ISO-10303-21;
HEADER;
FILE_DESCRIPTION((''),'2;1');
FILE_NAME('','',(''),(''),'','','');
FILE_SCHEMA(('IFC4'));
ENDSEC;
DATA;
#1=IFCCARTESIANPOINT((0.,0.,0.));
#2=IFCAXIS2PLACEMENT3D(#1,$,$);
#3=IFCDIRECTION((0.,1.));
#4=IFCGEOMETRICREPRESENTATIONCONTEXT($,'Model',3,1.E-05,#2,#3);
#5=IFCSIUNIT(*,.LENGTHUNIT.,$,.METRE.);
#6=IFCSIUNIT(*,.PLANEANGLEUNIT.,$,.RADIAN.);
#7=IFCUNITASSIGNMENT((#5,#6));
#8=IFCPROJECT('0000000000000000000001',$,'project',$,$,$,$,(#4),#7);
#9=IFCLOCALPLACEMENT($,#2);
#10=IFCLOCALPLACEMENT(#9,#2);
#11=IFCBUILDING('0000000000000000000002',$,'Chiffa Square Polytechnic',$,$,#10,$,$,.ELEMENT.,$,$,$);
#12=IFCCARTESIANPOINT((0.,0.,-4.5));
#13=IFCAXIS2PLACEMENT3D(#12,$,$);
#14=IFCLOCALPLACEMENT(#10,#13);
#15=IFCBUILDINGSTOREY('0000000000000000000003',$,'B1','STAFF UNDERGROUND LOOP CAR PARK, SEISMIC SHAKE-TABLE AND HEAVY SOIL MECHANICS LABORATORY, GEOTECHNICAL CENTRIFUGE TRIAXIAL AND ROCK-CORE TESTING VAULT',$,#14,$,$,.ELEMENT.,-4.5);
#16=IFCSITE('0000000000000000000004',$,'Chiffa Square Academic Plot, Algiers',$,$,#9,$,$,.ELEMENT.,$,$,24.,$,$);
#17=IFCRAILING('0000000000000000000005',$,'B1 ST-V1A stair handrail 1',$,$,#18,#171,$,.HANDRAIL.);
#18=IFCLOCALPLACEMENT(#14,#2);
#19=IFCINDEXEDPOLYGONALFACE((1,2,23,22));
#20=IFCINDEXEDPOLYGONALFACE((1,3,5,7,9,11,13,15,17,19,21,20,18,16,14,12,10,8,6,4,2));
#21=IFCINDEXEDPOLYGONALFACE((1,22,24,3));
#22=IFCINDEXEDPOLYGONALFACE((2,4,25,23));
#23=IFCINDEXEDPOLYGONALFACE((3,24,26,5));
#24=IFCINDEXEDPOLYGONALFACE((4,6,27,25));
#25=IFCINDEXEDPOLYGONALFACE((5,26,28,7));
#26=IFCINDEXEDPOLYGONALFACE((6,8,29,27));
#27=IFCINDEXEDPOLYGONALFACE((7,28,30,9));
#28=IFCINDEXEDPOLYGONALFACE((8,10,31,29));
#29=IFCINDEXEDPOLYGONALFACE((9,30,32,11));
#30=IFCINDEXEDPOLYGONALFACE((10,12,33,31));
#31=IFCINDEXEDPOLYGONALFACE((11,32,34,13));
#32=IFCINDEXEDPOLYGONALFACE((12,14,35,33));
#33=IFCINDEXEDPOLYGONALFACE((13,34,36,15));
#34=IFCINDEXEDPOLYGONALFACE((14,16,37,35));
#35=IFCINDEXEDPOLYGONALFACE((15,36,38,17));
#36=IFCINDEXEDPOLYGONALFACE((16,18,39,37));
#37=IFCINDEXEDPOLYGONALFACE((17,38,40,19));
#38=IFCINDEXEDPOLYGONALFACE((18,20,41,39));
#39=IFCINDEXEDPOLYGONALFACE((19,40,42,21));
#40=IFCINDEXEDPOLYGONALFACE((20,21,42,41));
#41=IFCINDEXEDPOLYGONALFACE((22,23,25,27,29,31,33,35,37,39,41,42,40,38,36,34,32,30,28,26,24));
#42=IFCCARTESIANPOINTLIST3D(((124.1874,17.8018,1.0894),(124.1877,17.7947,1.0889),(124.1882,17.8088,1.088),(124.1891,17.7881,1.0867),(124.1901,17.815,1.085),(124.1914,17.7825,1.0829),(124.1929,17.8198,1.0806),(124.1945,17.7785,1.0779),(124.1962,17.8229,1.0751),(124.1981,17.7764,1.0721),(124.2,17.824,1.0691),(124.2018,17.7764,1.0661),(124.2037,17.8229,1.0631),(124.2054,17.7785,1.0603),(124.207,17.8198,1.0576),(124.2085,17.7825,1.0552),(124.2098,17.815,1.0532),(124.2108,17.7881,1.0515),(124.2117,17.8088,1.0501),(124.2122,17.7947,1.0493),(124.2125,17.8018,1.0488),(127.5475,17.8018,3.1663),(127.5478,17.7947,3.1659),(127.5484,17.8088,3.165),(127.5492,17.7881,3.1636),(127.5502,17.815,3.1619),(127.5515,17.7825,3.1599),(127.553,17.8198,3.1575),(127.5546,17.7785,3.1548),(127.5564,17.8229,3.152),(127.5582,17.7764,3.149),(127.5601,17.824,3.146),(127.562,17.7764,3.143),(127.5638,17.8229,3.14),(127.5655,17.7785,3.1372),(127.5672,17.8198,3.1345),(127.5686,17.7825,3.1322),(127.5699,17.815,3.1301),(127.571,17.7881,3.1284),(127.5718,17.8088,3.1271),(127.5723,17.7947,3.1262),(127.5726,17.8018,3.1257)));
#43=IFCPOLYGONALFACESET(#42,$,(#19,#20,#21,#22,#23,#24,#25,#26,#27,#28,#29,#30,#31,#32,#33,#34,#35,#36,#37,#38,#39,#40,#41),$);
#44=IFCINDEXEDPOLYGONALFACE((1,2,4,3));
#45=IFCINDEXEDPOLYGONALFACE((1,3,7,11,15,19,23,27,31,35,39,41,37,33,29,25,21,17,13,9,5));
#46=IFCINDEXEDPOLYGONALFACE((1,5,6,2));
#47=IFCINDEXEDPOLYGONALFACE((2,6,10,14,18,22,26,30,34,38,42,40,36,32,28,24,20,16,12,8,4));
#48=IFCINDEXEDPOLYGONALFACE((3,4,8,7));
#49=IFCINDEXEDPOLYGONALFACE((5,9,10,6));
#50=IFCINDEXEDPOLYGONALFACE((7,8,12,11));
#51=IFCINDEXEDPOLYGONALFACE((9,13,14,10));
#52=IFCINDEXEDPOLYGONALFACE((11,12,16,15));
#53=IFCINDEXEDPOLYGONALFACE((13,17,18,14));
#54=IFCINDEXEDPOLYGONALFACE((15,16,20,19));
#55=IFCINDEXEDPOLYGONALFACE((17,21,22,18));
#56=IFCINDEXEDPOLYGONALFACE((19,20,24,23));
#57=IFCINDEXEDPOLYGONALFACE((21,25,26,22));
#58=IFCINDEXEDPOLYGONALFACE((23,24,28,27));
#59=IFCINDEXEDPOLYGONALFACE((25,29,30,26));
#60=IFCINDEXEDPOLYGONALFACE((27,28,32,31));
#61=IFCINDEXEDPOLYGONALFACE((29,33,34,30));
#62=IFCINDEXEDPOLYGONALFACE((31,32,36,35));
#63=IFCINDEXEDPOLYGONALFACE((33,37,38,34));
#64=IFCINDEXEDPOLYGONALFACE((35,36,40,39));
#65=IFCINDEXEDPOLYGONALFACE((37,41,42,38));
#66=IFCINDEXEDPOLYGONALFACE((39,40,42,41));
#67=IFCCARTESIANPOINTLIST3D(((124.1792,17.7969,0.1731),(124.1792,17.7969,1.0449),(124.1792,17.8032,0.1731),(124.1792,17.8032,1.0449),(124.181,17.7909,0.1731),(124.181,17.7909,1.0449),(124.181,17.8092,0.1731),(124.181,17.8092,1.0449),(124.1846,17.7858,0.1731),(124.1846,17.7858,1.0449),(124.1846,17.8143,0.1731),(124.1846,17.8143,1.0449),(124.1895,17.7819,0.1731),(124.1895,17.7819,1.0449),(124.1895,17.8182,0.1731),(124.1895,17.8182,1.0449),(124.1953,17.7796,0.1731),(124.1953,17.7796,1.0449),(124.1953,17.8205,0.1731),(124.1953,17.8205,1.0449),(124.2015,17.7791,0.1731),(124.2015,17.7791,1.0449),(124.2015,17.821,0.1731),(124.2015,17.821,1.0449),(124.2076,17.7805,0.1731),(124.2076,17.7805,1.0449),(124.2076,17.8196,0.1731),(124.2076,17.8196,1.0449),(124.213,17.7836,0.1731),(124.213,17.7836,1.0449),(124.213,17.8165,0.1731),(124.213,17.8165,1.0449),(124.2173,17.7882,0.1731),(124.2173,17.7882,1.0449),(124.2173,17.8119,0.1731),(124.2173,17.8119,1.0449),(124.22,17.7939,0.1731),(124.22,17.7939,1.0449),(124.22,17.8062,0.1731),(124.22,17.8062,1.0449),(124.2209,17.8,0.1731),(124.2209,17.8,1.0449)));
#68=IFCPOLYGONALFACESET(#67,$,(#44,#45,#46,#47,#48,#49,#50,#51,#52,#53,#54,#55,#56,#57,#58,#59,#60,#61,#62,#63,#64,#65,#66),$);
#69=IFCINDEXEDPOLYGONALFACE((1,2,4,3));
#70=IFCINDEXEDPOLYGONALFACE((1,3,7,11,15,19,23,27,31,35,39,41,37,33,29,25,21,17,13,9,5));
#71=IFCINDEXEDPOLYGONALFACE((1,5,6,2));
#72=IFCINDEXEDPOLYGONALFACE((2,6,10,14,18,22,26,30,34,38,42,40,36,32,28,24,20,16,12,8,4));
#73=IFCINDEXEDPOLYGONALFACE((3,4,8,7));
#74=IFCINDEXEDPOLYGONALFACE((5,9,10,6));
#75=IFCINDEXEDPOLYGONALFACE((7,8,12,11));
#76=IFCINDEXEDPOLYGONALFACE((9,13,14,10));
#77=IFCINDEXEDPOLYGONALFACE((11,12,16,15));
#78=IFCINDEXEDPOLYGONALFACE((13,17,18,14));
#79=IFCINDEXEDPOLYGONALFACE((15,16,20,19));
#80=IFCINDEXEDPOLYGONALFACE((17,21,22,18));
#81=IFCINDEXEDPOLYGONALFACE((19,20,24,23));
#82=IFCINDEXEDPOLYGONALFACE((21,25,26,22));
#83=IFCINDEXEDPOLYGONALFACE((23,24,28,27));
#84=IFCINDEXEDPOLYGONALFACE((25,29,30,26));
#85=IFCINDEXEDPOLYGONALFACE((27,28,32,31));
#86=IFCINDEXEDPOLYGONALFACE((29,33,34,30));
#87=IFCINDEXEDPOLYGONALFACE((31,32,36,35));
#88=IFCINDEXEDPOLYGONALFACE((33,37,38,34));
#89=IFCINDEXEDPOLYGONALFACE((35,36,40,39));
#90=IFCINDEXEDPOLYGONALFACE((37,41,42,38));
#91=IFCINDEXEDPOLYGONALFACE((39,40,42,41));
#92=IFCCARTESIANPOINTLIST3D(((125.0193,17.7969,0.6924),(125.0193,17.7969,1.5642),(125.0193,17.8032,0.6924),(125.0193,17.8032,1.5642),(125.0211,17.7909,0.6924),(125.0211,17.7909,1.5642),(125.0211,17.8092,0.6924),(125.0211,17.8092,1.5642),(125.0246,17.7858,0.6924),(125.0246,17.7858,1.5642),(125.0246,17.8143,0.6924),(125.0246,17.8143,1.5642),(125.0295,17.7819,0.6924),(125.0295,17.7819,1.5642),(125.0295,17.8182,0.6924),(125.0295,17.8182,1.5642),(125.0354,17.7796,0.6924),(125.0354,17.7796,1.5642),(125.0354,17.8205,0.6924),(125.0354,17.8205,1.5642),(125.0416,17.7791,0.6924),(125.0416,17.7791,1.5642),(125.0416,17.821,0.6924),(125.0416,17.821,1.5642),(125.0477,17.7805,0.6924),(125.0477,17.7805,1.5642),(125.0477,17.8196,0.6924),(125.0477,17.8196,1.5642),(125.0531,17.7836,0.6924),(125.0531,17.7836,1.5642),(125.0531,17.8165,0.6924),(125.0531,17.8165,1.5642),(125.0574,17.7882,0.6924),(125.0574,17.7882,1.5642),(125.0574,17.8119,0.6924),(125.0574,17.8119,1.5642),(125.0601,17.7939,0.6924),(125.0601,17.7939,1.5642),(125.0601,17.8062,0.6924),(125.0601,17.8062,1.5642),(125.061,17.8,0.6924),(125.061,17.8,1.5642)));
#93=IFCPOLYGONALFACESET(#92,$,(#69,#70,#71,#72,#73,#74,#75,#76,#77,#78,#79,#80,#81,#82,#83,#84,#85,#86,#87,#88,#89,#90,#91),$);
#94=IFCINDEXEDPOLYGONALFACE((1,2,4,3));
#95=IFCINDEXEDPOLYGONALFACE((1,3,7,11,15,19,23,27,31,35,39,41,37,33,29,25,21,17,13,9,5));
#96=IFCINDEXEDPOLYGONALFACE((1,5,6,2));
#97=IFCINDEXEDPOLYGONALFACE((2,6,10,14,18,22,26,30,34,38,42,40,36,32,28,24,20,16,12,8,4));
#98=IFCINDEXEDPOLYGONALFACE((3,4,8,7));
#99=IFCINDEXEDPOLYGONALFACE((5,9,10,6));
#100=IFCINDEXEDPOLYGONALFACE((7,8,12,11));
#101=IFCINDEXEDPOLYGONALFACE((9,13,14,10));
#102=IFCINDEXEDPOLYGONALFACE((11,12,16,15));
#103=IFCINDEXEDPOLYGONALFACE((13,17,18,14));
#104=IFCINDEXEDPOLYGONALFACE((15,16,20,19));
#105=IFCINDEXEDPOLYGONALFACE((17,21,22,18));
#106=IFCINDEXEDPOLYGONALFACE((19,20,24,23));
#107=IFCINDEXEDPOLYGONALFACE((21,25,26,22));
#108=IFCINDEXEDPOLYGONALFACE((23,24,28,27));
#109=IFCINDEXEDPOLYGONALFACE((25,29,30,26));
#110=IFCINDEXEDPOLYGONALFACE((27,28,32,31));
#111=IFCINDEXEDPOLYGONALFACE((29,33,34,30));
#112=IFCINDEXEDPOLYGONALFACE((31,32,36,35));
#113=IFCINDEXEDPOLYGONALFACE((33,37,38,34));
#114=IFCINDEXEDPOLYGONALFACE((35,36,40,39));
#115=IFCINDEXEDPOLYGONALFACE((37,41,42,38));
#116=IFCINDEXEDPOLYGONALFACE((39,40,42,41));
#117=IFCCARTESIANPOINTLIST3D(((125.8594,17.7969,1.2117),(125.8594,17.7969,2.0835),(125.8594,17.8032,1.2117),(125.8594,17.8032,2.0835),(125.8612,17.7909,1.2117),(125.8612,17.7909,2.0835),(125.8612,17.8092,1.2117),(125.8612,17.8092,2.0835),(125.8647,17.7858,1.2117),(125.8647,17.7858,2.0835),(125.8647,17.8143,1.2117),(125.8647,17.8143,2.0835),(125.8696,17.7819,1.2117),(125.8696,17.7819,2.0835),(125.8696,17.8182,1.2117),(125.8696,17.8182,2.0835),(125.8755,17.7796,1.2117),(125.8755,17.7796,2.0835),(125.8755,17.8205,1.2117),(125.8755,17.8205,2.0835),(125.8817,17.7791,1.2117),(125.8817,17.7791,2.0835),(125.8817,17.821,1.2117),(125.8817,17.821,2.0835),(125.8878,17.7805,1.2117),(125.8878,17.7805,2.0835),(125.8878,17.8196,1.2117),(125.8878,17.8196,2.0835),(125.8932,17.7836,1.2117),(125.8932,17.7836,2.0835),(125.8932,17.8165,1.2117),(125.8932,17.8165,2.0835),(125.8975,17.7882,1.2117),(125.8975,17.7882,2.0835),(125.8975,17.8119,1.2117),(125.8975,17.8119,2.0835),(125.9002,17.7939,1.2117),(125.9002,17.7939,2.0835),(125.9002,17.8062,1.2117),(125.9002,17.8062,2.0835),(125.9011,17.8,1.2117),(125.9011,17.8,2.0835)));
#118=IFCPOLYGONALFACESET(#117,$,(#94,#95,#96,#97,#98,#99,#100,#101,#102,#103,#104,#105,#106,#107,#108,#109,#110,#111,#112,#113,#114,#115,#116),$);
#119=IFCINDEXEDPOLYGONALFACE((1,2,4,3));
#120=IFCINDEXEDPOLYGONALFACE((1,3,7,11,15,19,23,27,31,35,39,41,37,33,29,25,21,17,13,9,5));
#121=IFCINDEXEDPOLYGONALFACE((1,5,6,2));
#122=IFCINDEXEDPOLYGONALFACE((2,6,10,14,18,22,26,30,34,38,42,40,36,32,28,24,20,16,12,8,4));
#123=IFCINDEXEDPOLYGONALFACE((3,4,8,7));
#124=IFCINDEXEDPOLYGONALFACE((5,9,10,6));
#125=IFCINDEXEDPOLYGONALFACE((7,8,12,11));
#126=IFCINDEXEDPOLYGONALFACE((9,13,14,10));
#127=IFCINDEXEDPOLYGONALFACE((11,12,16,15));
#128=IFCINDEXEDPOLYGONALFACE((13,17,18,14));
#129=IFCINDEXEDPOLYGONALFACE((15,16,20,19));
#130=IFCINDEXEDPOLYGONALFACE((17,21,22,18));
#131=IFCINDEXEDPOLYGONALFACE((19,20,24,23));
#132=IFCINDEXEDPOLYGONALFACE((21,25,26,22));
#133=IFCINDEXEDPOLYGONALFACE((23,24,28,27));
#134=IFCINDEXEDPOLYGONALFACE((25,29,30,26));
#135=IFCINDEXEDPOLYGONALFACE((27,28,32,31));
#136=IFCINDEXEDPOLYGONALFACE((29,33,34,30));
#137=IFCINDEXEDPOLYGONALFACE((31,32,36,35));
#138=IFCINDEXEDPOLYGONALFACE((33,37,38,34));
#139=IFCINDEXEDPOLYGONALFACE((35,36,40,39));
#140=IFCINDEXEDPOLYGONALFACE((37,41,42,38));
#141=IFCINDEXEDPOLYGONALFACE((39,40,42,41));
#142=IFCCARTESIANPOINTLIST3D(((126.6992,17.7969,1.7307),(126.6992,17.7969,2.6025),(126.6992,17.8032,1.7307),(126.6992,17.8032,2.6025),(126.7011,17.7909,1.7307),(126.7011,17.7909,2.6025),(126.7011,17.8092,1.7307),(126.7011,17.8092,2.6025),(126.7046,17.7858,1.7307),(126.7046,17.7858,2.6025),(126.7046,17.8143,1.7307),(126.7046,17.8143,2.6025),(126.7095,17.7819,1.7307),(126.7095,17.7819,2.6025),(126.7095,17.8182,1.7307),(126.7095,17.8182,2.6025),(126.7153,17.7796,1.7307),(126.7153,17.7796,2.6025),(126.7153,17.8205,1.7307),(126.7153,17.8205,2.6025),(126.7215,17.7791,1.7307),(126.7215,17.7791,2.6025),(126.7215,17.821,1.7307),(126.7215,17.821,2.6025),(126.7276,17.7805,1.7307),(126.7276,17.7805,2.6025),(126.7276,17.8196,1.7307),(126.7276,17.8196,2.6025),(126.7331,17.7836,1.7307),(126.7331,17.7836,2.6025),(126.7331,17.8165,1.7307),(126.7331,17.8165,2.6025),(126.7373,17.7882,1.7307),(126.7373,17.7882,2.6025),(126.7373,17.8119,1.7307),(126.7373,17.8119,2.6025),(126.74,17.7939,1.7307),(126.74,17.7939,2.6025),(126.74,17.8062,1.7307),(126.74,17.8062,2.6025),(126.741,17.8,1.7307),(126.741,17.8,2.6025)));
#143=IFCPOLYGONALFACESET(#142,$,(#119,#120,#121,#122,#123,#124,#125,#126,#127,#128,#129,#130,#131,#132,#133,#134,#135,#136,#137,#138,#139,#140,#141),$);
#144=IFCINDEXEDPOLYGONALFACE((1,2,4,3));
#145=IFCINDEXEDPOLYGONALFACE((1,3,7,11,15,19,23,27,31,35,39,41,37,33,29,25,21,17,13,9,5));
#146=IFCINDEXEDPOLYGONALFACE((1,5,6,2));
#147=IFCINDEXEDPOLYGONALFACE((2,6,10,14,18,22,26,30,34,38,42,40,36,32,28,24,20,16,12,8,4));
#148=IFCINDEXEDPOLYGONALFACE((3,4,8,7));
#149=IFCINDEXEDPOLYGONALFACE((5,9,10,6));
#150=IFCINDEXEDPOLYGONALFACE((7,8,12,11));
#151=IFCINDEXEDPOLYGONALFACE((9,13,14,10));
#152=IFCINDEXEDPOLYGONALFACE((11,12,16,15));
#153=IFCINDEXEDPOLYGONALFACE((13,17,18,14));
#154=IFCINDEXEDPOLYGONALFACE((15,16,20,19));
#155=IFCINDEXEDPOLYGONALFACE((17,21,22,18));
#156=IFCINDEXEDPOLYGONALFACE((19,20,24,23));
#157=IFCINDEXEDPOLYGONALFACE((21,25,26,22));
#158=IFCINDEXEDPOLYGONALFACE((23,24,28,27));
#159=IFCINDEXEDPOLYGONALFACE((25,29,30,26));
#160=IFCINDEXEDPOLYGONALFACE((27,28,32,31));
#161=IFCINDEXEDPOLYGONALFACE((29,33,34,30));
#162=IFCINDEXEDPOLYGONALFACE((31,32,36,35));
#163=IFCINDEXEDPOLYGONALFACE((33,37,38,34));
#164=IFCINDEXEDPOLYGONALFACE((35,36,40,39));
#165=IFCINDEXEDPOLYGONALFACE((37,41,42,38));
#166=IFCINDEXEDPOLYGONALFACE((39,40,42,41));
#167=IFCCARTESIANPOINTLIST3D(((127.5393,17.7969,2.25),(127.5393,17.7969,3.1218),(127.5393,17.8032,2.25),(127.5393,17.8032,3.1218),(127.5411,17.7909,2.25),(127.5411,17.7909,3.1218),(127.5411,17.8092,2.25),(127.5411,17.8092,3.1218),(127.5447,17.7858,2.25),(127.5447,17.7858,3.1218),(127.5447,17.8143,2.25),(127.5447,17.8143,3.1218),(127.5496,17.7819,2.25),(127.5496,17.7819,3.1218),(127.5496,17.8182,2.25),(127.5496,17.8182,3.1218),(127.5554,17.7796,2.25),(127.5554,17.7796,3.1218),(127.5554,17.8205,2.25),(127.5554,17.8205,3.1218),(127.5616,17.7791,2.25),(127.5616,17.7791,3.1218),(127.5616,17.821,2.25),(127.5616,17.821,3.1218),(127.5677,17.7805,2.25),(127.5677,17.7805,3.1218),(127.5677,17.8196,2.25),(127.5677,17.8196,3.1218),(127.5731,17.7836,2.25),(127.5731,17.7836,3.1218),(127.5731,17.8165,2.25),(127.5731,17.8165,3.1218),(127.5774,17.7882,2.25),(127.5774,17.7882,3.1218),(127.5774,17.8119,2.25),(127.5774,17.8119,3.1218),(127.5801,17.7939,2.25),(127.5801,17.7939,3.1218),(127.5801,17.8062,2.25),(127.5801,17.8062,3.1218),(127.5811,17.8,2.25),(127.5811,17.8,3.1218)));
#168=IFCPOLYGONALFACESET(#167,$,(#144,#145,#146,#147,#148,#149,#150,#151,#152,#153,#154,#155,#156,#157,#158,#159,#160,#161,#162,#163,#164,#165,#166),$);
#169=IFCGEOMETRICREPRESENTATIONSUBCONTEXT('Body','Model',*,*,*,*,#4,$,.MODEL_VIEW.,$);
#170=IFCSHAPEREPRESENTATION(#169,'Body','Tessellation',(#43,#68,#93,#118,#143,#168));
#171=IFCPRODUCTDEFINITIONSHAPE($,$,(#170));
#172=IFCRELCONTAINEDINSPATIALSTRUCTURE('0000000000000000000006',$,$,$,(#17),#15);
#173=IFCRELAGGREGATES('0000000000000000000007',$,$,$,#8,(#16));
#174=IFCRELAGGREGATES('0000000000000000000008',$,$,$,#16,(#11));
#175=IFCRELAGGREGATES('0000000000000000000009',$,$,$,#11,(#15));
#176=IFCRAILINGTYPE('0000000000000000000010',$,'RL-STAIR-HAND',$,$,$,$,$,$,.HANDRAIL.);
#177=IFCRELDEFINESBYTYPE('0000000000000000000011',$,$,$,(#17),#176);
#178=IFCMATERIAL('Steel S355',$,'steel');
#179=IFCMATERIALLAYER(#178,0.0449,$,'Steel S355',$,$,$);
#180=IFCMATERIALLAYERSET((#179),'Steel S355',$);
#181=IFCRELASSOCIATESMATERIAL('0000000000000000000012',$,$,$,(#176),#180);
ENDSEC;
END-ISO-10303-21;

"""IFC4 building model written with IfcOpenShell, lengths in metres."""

from ifc_helpers import new_model, si_unit, direction, frame, origin, origin_2d, place, context, subcontext, project, spatial, circle, extrude, material, layer, layer_set, type_object, element, save


model = new_model("IFC4")

# Units and contexts
model_context = context("Model", 3, precision=1e-05, world=origin(), true_north=direction((0.0, 1.0)))
body_context = subcontext(model_context, "Body", "Model", "MODEL_VIEW")
ifc_project = project(units=[si_unit("LENGTHUNIT", "METRE"), si_unit("PLANEANGLEUNIT", "RADIAN")], contexts=[model_context])

# Site, building, storey
site_placement = place(None, origin())
site = spatial("IfcSite", under=ifc_project, at=site_placement, Name="Chiffa Square Academic Plot, Algiers", CompositionType="ELEMENT", RefElevation=24.0)
building_placement = place(site_placement, origin())
building = spatial("IfcBuilding", under=site, at=building_placement, Name="Chiffa Square Polytechnic", CompositionType="ELEMENT")
storey_placement = place(building_placement, frame((0.0, 0.0, -4.5)))
storey = spatial("IfcBuildingStorey", under=building, at=storey_placement, Name="B1", Description="STAFF UNDERGROUND LOOP CAR PARK, SEISMIC SHAKE-TABLE AND HEAVY SOIL MECHANICS LABORATORY, GEOTECHNICAL CENTRIFUGE TRIAXIAL AND ROCK-CORE TESTING VAULT", CompositionType="ELEMENT", Elevation=-4.5)

# Railing
ifc_material_1 = material(Name="Steel S355", Category="steel")
ifc_layer_1 = layer(ifc_material_1, 0.0449, Name="Steel S355")
ifc_layer_set_1 = layer_set([ifc_layer_1], Name="Steel S355")
railing_type_1 = type_object("IfcRailingType", Name="RL-STAIR-HAND", PredefinedType="HANDRAIL", material=ifc_layer_set_1)
railing_1_placement = place(storey_placement, frame((124.2, 17.8, 0.1731)))
element("IfcRailing", 1, at=railing_1_placement, inside=storey, type_object=railing_type_1, Name="B1 ST-V1A stair handrail 1", PredefinedType="HANDRAIL", context=body_context, shape_type="SweptSolid", body=[
    extrude(circle(Radius=0.0239, at=origin_2d()), frame((0.0, 0.0, 0.896), z_axis=(0.850623, 0.0, 0.525776), x_axis=(0.0, 1.0, 0.0)), (0.0, 0.0, 1.0), 3.9502),
    extrude(circle(Radius=0.021, at=origin_2d()), origin(), (0.0, 0.0, 1.0), 0.8718),
    extrude(circle(Radius=0.021, at=origin_2d()), frame((0.8401, 0.0, 0.5193)), (0.0, 0.0, 1.0), 0.8718),
    extrude(circle(Radius=0.021, at=origin_2d()), frame((1.6802, 0.0, 1.0386)), (0.0, 0.0, 1.0), 0.8718),
    extrude(circle(Radius=0.021, at=origin_2d()), frame((2.52, 0.0, 1.5576)), (0.0, 0.0, 1.0), 0.8718),
    extrude(circle(Radius=0.021, at=origin_2d()), frame((3.3601, 0.0, 2.0769)), (0.0, 0.0, 1.0), 0.8718),
])

save(model, "model.ifc")
